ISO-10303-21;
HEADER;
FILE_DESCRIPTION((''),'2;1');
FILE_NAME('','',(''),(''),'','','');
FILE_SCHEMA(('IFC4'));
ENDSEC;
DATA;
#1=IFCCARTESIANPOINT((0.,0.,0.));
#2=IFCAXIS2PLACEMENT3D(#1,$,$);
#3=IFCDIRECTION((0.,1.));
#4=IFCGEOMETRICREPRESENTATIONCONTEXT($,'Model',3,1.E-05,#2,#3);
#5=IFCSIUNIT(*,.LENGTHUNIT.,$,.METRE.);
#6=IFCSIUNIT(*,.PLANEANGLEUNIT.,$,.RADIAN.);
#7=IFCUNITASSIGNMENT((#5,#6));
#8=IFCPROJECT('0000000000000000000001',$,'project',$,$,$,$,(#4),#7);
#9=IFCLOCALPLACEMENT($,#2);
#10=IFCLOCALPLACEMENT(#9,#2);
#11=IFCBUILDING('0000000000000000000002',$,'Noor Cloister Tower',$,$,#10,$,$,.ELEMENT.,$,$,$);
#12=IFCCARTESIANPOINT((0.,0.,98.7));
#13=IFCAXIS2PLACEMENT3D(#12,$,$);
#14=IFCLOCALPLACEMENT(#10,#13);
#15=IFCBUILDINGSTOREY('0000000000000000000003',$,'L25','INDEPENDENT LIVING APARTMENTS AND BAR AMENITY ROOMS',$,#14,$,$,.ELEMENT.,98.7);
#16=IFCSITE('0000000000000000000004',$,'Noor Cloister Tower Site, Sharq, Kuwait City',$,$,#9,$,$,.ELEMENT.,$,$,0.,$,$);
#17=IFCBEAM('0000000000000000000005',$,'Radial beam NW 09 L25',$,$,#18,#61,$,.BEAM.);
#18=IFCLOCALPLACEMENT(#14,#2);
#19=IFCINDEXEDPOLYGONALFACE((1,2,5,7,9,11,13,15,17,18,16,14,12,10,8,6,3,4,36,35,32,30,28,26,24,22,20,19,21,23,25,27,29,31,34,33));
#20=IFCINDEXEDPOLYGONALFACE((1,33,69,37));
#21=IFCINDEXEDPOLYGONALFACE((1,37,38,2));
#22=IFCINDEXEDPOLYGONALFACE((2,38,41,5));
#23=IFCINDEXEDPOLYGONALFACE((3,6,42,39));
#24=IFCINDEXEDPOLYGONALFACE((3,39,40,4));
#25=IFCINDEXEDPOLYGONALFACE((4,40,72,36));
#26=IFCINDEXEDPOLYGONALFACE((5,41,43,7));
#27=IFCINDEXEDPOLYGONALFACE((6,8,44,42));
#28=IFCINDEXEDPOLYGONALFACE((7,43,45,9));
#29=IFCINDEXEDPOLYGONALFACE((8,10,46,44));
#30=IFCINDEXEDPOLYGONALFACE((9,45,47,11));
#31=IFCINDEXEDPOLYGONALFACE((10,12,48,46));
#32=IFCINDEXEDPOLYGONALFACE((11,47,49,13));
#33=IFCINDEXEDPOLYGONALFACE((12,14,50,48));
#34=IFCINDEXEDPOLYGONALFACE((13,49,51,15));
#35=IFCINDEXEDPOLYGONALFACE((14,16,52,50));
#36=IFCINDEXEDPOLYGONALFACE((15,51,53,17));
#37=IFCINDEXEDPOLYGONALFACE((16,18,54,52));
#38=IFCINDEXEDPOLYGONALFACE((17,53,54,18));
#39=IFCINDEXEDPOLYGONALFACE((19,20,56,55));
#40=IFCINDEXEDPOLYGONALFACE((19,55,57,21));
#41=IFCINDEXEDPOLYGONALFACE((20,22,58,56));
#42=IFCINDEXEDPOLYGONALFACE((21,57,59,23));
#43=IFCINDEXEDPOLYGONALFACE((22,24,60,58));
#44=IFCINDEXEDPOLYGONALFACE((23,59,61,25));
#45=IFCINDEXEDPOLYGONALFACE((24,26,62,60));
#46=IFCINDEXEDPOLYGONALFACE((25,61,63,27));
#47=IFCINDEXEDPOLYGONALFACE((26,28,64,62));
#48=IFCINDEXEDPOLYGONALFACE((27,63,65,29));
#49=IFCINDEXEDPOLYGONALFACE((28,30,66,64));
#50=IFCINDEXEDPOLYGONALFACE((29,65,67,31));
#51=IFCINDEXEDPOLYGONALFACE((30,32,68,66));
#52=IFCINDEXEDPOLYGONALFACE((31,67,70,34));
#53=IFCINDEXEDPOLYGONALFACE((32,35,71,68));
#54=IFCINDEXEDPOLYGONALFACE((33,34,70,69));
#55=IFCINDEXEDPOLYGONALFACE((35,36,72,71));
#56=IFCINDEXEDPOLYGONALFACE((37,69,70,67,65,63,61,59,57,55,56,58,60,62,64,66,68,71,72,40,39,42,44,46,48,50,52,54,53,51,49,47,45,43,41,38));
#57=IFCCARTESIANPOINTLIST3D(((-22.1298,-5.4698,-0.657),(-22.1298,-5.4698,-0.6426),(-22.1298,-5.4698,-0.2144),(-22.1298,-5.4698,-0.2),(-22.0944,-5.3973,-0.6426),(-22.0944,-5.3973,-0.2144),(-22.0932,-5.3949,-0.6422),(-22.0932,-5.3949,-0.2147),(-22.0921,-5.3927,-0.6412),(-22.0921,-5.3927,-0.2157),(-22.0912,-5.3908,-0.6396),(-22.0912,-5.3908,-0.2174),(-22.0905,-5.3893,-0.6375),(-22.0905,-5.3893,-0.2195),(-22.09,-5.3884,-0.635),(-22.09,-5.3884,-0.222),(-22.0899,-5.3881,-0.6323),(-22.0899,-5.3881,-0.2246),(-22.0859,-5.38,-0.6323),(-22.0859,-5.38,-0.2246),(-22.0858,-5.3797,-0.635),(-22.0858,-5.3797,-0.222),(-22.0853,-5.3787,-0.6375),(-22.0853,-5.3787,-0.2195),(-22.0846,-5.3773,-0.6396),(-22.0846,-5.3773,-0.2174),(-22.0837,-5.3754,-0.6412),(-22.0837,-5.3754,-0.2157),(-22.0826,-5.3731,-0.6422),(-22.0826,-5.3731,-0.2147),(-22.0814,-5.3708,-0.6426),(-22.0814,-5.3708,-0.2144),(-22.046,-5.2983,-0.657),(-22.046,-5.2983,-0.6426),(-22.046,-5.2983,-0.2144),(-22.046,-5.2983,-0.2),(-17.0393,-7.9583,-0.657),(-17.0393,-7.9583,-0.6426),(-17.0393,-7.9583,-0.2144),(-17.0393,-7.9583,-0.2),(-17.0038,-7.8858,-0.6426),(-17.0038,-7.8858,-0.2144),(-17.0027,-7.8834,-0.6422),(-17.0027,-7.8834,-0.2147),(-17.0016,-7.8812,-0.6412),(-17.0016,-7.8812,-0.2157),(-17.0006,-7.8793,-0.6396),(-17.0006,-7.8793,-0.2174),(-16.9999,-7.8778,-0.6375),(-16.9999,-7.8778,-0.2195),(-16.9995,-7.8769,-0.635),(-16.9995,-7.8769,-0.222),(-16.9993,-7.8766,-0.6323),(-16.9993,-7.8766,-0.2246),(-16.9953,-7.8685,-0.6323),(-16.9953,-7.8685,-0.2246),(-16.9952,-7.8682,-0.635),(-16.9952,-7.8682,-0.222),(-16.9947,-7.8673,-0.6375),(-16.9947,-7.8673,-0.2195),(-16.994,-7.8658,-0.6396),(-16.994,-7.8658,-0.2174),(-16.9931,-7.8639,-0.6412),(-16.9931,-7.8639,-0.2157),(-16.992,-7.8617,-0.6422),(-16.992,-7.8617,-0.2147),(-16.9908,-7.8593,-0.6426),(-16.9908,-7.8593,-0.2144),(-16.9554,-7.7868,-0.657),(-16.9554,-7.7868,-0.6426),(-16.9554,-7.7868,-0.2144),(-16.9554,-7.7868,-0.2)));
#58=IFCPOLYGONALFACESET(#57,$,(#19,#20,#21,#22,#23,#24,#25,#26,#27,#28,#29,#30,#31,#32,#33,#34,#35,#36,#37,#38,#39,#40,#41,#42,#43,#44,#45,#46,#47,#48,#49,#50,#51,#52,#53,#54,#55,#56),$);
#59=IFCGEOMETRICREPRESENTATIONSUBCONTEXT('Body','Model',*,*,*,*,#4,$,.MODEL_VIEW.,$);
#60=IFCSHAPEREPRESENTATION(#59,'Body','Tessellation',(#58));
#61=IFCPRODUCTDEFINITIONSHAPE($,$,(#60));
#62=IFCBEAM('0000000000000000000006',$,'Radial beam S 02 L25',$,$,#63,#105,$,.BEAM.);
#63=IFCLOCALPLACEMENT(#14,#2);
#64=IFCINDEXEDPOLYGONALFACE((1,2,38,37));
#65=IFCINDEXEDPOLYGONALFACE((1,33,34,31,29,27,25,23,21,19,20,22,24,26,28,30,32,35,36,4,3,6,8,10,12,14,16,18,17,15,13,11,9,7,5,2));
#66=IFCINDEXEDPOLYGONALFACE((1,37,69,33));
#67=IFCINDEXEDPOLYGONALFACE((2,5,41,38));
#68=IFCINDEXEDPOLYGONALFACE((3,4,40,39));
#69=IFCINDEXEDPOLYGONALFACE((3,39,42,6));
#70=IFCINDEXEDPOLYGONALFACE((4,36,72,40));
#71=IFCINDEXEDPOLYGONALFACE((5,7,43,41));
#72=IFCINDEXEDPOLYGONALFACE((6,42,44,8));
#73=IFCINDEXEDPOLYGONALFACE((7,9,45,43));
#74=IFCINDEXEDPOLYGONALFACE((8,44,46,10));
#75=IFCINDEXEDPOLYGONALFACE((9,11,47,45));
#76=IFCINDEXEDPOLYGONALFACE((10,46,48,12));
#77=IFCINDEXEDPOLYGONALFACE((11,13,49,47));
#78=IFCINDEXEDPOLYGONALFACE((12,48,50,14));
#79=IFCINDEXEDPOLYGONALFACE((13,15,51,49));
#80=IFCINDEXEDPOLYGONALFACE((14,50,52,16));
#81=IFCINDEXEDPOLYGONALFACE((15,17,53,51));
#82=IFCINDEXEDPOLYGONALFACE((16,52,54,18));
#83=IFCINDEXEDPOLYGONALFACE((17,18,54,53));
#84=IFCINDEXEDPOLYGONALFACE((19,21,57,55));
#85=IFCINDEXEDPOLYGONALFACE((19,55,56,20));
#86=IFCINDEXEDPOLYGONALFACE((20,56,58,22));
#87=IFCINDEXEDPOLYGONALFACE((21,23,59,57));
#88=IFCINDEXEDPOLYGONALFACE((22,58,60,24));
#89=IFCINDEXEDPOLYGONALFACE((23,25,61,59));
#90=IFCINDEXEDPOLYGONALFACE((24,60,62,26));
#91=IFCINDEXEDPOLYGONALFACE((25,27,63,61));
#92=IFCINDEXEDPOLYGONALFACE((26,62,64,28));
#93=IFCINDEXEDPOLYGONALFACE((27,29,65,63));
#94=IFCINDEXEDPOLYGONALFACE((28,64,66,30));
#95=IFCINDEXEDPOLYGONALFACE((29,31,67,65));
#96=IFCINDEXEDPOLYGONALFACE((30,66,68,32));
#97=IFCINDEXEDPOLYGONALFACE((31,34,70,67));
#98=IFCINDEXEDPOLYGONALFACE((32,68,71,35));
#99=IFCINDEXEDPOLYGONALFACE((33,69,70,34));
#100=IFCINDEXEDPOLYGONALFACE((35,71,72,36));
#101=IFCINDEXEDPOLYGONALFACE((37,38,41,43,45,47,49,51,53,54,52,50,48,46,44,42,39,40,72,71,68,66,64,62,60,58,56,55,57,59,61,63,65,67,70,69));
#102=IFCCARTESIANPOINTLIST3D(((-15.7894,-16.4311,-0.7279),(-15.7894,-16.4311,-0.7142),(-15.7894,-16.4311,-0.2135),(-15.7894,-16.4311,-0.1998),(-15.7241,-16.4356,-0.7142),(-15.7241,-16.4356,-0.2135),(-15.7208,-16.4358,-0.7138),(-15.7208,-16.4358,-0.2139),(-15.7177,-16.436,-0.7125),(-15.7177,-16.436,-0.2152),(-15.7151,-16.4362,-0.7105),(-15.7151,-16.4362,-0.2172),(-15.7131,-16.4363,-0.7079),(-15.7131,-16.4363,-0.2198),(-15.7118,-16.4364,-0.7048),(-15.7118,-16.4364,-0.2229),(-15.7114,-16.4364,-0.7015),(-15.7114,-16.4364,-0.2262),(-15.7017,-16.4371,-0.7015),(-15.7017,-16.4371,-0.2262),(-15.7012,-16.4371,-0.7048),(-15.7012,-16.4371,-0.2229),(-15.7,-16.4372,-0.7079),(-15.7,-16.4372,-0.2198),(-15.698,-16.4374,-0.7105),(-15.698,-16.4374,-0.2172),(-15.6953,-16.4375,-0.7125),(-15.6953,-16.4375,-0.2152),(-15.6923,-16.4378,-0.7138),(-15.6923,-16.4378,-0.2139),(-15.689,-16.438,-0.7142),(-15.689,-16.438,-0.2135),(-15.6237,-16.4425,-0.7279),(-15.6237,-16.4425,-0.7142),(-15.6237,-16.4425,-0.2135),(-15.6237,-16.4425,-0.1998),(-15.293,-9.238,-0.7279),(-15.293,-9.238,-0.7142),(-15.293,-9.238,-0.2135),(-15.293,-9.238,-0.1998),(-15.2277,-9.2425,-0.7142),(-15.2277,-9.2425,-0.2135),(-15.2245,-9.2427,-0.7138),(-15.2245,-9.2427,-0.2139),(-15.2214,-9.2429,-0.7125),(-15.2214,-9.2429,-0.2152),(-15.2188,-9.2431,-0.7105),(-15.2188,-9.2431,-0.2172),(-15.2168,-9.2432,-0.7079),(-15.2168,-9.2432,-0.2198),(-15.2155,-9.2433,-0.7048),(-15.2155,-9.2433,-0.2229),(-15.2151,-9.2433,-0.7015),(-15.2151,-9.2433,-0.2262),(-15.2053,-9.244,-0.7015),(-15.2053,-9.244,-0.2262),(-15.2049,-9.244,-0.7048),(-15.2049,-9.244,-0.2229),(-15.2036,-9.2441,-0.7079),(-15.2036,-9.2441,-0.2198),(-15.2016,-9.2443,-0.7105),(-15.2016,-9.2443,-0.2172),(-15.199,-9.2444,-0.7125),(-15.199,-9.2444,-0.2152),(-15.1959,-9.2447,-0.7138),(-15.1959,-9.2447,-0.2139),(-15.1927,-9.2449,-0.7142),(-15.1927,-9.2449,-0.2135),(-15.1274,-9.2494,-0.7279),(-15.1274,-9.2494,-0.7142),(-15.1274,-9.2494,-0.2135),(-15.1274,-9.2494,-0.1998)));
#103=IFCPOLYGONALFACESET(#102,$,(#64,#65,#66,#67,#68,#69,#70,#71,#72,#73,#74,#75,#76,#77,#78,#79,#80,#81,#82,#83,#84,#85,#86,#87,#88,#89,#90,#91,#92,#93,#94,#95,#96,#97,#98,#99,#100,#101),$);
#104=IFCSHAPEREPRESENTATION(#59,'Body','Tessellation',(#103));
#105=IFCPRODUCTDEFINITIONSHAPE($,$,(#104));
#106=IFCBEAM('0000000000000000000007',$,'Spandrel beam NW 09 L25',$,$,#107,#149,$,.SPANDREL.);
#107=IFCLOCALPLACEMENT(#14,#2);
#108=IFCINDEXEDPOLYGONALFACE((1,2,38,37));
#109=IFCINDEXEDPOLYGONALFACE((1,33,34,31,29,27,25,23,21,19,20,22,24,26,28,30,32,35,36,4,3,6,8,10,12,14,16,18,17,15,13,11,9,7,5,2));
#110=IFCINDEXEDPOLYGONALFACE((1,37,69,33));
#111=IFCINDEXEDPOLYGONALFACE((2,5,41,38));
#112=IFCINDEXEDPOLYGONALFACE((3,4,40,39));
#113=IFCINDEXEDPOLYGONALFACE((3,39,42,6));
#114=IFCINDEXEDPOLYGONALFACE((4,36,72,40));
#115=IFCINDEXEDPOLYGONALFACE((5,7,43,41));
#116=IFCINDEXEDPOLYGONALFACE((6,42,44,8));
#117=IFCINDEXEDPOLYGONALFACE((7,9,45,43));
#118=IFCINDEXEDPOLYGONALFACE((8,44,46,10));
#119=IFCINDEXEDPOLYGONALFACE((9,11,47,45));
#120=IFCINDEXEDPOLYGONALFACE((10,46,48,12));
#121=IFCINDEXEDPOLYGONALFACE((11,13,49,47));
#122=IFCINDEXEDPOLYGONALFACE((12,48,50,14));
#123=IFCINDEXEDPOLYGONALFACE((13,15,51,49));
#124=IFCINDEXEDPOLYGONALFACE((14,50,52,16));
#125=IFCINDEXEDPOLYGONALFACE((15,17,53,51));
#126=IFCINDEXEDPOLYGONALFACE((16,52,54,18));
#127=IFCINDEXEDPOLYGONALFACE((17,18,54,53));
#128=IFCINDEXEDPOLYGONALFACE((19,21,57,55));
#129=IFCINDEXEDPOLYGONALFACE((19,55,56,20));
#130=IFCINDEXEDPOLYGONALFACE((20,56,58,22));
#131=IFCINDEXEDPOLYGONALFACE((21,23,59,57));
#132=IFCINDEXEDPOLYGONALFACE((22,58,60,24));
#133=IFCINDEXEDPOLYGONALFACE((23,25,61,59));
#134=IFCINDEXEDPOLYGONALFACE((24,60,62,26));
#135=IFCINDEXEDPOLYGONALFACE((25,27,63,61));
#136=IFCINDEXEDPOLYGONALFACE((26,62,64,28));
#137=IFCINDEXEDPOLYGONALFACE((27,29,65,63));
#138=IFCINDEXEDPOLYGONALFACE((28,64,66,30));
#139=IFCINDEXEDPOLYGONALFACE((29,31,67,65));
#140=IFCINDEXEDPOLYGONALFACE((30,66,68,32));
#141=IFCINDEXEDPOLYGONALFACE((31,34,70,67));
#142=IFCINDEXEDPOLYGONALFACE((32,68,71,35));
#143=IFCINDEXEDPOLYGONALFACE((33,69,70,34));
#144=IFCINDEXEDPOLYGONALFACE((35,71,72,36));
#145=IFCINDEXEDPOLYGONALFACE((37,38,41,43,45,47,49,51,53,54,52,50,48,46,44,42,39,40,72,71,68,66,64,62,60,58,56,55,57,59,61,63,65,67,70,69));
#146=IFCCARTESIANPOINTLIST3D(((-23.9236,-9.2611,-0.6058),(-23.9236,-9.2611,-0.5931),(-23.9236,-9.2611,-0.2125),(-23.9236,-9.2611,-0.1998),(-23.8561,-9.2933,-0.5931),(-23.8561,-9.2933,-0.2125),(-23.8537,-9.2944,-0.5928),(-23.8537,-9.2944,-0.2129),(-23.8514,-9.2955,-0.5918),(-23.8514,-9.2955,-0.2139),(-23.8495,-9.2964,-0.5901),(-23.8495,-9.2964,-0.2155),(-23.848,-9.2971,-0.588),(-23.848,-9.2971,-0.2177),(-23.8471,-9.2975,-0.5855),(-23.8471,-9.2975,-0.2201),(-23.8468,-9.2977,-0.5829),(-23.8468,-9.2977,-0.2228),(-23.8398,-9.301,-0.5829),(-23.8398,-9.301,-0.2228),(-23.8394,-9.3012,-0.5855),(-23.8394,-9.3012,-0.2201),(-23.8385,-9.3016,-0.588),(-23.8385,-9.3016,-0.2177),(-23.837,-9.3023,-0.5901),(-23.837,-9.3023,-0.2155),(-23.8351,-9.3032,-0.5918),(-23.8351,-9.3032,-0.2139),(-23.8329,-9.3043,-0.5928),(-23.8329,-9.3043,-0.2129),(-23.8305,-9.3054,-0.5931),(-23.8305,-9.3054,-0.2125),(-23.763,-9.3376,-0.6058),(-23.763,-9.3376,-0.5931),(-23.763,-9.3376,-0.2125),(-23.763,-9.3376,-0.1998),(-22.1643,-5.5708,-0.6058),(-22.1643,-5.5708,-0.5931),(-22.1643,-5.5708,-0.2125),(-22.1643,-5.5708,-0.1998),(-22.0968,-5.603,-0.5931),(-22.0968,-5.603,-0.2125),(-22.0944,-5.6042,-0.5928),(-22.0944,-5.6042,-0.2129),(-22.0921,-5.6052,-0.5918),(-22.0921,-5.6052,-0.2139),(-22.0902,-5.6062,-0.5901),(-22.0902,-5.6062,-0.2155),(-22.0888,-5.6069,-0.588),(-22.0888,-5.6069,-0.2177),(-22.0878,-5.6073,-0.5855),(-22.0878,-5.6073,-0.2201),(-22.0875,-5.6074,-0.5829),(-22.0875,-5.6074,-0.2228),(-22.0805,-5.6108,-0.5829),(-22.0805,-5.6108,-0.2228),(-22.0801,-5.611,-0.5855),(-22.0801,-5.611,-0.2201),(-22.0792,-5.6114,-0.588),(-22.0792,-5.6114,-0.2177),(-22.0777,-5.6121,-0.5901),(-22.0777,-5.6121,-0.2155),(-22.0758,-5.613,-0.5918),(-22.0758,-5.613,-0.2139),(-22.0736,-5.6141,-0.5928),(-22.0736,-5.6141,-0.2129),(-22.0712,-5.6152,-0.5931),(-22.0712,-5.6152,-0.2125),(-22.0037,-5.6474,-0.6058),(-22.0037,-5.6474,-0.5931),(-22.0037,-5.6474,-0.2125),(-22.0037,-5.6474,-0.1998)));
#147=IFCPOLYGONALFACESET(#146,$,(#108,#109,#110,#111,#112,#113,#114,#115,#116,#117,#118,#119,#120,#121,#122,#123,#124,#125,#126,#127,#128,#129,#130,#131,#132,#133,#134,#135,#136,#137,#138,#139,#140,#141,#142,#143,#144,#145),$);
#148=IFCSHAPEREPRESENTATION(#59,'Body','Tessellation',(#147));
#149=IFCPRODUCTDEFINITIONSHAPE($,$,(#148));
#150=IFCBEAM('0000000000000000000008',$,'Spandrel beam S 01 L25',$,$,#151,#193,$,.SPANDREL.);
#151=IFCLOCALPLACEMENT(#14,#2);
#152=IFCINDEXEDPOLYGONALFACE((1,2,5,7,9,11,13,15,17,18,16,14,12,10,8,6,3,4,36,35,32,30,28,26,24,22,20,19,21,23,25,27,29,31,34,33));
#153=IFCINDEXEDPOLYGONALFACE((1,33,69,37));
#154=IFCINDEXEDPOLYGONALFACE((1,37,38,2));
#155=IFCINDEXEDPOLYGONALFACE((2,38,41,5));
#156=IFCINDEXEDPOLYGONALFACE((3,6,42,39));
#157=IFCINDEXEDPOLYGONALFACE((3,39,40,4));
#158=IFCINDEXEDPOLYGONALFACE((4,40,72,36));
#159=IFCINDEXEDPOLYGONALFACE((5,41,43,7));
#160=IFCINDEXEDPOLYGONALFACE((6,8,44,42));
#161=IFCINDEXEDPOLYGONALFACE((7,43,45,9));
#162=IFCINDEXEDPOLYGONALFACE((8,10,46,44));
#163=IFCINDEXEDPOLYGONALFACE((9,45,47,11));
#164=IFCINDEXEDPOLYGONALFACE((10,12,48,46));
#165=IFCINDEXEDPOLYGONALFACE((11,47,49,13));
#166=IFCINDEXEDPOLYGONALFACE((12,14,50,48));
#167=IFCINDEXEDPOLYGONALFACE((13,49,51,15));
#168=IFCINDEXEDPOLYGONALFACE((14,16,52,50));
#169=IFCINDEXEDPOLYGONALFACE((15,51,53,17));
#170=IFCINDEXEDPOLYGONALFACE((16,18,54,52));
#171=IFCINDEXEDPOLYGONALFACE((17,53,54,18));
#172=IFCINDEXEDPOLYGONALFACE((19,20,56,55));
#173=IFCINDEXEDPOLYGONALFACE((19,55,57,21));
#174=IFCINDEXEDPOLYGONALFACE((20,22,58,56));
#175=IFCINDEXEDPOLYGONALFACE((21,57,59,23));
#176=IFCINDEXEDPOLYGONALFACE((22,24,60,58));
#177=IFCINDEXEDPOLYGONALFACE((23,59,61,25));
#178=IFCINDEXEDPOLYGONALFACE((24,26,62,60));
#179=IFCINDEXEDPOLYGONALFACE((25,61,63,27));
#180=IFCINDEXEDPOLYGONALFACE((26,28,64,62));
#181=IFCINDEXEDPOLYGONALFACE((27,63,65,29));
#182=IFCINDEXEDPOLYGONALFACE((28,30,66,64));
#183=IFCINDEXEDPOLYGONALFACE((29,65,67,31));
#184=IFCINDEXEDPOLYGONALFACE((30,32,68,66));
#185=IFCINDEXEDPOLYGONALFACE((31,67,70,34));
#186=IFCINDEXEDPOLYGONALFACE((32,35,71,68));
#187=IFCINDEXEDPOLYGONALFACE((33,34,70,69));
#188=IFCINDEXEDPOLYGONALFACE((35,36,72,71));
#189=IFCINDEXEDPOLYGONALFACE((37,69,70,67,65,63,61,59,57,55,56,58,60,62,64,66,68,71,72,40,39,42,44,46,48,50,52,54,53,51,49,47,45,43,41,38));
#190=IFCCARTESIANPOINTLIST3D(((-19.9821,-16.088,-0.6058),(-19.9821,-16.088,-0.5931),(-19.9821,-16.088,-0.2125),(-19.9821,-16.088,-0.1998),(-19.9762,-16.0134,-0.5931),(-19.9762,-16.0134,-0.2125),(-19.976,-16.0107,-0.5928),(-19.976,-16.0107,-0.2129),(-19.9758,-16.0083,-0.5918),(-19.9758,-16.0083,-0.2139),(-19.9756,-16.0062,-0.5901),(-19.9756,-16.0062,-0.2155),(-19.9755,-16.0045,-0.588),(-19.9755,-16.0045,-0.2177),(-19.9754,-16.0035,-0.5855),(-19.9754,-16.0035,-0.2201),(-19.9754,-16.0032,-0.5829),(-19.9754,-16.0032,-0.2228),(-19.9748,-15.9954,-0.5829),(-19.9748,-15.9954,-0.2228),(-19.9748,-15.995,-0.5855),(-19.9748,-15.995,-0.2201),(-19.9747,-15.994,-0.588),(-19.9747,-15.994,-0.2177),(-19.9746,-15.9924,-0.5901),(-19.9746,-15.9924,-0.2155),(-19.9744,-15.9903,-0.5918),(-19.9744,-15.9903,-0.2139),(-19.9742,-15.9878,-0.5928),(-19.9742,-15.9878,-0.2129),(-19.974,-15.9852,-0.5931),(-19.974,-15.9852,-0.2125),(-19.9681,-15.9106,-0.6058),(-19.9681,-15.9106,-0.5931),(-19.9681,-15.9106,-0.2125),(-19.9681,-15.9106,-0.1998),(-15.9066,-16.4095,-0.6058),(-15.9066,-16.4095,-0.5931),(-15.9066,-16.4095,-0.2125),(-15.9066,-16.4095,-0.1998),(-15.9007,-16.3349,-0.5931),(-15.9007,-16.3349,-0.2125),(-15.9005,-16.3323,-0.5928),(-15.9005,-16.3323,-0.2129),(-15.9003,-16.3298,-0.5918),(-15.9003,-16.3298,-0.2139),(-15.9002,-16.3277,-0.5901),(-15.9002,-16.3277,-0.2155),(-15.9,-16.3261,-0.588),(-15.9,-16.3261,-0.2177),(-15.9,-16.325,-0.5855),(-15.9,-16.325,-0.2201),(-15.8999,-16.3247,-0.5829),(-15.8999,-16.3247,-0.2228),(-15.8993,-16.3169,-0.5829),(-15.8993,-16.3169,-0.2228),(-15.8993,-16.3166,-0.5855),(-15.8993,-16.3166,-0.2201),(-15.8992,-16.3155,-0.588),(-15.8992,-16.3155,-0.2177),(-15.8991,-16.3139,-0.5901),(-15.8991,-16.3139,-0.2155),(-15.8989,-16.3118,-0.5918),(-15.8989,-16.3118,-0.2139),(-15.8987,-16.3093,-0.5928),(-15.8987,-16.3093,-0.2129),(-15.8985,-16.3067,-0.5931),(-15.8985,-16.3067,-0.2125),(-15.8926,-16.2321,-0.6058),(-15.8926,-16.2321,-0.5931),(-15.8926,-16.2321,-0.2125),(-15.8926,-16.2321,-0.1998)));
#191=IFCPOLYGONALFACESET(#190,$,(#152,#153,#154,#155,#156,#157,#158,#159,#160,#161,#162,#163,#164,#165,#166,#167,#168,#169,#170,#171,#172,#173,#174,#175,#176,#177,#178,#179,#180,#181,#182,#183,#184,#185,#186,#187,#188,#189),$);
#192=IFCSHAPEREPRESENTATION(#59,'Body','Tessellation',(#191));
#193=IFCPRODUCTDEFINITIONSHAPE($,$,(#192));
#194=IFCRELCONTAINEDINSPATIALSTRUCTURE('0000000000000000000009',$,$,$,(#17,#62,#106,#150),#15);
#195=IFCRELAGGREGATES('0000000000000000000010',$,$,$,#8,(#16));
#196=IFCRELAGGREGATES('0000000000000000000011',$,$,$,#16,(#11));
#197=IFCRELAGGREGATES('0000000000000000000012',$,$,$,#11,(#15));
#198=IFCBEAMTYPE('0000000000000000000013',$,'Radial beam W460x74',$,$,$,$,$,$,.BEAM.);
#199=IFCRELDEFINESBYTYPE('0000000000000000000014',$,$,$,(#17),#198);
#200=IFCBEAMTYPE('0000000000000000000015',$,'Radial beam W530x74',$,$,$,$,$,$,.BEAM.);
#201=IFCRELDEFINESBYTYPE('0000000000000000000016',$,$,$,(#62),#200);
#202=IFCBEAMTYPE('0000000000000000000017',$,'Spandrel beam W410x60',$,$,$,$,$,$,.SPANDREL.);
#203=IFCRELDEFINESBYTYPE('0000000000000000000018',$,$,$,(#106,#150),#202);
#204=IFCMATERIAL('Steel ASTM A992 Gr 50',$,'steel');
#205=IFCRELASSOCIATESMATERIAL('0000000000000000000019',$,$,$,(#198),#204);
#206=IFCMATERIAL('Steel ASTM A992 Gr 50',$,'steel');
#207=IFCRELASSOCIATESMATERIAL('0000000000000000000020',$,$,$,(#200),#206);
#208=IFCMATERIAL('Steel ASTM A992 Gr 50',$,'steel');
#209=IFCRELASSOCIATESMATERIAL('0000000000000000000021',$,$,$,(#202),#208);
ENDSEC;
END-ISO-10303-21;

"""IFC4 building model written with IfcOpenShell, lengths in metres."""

from ifc_helpers import new_model, si_unit, direction, frame, origin, origin_2d, place, context, subcontext, project, spatial, i_section, extrude, material, material_profile, profile_set, type_object, element, save


model = new_model("IFC4")

# Units and contexts
model_context = context("Model", 3, precision=1e-05, world=origin(), true_north=direction((0.0, 1.0)))
body_context = subcontext(model_context, "Body", "Model", "MODEL_VIEW")
ifc_project = project(units=[si_unit("LENGTHUNIT", "METRE"), si_unit("PLANEANGLEUNIT", "RADIAN")], contexts=[model_context])

# Site, building, storey
site_placement = place(None, origin())
site = spatial("IfcSite", under=ifc_project, at=site_placement, Name="Noor Cloister Tower Site, Sharq, Kuwait City", CompositionType="ELEMENT", RefElevation=0.0)
building_placement = place(site_placement, origin())
building = spatial("IfcBuilding", under=site, at=building_placement, Name="Noor Cloister Tower", CompositionType="ELEMENT")
storey_placement = place(building_placement, frame((0.0, 0.0, 98.7)))
storey = spatial("IfcBuildingStorey", under=building, at=storey_placement, Name="L25", Description="INDEPENDENT LIVING APARTMENTS AND BAR AMENITY ROOMS", CompositionType="ELEMENT", Elevation=98.7)

# Beams
ifc_material_1 = material(Name="Steel ASTM A992 Gr 50", Category="steel")
ifc_material_profile_1 = material_profile(ifc_material_1, i_section(OverallWidth=0.1909, OverallDepth=0.457, WebThickness=0.009, FlangeThickness=0.0144, FilletRadius=0.0103, at=origin_2d()), Name="W460x74")
ifc_profile_set_1 = profile_set([ifc_material_profile_1], Name="Steel ASTM A992 Gr 50")
beam_type_1 = type_object("IfcBeamType", Name="Radial beam W460x74", PredefinedType="BEAM", material=ifc_profile_set_1)
beam_1_placement = place(storey_placement, frame((-22.0879, -5.384, -0.4285), z_axis=(0.898398, -0.439182, 0.0), x_axis=(0.439182, 0.898398, 0.0)))
element("IfcBeam", 1, at=beam_1_placement, inside=storey, type_object=beam_type_1, Name="Radial beam NW 09 L25", PredefinedType="BEAM", context=body_context, shape_type="SweptSolid", body=[
    extrude(i_section(OverallWidth=0.1909, OverallDepth=0.457, WebThickness=0.009, FlangeThickness=0.0144, FilletRadius=0.0103, at=origin_2d()), origin(), (0.0, 0.0, 1.0), 5.6663),
])
ifc_material_2 = material(Name="Steel ASTM A992 Gr 50", Category="steel")
ifc_material_profile_2 = material_profile(ifc_material_2, i_section(OverallWidth=0.166, OverallDepth=0.5281, WebThickness=0.0098, FlangeThickness=0.0137, FilletRadius=0.0127, at=origin_2d()), Name="W530x74")
ifc_profile_set_2 = profile_set([ifc_material_profile_2], Name="Steel ASTM A992 Gr 50")
beam_type_2 = type_object("IfcBeamType", Name="Radial beam W530x74", PredefinedType="BEAM", material=ifc_profile_set_2)
beam_2_placement = place(storey_placement, frame((-15.7065, -16.4368, -0.4639), z_axis=(0.068838, 0.997628, 0.0), x_axis=(-0.997628, 0.068838, 0.0)))
element("IfcBeam", 2, at=beam_2_placement, inside=storey, type_object=beam_type_2, Name="Radial beam S 02 L25", PredefinedType="BEAM", context=body_context, shape_type="SweptSolid", body=[
    extrude(i_section(OverallWidth=0.166, OverallDepth=0.5281, WebThickness=0.0098, FlangeThickness=0.0137, FilletRadius=0.0127, at=origin_2d()), origin(), (0.0, 0.0, 1.0), 7.2102),
])
ifc_material_3 = material(Name="Steel ASTM A992 Gr 50", Category="steel")
ifc_material_profile_3 = material_profile(ifc_material_3, i_section(OverallWidth=0.178, OverallDepth=0.406, WebThickness=0.0078, FlangeThickness=0.0127, FilletRadius=0.0103, at=origin_2d()), Name="W410x60")
ifc_profile_set_3 = profile_set([ifc_material_profile_3], Name="Steel ASTM A992 Gr 50")
beam_type_3 = type_object("IfcBeamType", Name="Spandrel beam W410x60", PredefinedType="SPANDREL", material=ifc_profile_set_3)
for number, where, z_axis, x_axis, name in (
    (3, (-22.084, -5.6091, -0.4028), (-0.430342, -0.902666, 0.0), (0.902666, -0.430342, 0.0), "Spandrel beam NW 09 L25"),
    (4, (-19.9751, -15.9993, -0.4028), (0.996902, -0.078651, 0.0), (0.078651, 0.996902, 0.0), "Spandrel beam S 01 L25"),
):
    element("IfcBeam", number, at=place(storey_placement, frame(where, z_axis=z_axis, x_axis=x_axis)), inside=storey, type_object=beam_type_3, Name=name, PredefinedType="SPANDREL", context=body_context, shape_type="SweptSolid", body=[
        extrude(i_section(OverallWidth=0.178, OverallDepth=0.406, WebThickness=0.0078, FlangeThickness=0.0127, FilletRadius=0.0103, at=origin_2d()), origin(), (0.0, 0.0, 1.0), 4.0881),
    ])

save(model, "model.ifc")
